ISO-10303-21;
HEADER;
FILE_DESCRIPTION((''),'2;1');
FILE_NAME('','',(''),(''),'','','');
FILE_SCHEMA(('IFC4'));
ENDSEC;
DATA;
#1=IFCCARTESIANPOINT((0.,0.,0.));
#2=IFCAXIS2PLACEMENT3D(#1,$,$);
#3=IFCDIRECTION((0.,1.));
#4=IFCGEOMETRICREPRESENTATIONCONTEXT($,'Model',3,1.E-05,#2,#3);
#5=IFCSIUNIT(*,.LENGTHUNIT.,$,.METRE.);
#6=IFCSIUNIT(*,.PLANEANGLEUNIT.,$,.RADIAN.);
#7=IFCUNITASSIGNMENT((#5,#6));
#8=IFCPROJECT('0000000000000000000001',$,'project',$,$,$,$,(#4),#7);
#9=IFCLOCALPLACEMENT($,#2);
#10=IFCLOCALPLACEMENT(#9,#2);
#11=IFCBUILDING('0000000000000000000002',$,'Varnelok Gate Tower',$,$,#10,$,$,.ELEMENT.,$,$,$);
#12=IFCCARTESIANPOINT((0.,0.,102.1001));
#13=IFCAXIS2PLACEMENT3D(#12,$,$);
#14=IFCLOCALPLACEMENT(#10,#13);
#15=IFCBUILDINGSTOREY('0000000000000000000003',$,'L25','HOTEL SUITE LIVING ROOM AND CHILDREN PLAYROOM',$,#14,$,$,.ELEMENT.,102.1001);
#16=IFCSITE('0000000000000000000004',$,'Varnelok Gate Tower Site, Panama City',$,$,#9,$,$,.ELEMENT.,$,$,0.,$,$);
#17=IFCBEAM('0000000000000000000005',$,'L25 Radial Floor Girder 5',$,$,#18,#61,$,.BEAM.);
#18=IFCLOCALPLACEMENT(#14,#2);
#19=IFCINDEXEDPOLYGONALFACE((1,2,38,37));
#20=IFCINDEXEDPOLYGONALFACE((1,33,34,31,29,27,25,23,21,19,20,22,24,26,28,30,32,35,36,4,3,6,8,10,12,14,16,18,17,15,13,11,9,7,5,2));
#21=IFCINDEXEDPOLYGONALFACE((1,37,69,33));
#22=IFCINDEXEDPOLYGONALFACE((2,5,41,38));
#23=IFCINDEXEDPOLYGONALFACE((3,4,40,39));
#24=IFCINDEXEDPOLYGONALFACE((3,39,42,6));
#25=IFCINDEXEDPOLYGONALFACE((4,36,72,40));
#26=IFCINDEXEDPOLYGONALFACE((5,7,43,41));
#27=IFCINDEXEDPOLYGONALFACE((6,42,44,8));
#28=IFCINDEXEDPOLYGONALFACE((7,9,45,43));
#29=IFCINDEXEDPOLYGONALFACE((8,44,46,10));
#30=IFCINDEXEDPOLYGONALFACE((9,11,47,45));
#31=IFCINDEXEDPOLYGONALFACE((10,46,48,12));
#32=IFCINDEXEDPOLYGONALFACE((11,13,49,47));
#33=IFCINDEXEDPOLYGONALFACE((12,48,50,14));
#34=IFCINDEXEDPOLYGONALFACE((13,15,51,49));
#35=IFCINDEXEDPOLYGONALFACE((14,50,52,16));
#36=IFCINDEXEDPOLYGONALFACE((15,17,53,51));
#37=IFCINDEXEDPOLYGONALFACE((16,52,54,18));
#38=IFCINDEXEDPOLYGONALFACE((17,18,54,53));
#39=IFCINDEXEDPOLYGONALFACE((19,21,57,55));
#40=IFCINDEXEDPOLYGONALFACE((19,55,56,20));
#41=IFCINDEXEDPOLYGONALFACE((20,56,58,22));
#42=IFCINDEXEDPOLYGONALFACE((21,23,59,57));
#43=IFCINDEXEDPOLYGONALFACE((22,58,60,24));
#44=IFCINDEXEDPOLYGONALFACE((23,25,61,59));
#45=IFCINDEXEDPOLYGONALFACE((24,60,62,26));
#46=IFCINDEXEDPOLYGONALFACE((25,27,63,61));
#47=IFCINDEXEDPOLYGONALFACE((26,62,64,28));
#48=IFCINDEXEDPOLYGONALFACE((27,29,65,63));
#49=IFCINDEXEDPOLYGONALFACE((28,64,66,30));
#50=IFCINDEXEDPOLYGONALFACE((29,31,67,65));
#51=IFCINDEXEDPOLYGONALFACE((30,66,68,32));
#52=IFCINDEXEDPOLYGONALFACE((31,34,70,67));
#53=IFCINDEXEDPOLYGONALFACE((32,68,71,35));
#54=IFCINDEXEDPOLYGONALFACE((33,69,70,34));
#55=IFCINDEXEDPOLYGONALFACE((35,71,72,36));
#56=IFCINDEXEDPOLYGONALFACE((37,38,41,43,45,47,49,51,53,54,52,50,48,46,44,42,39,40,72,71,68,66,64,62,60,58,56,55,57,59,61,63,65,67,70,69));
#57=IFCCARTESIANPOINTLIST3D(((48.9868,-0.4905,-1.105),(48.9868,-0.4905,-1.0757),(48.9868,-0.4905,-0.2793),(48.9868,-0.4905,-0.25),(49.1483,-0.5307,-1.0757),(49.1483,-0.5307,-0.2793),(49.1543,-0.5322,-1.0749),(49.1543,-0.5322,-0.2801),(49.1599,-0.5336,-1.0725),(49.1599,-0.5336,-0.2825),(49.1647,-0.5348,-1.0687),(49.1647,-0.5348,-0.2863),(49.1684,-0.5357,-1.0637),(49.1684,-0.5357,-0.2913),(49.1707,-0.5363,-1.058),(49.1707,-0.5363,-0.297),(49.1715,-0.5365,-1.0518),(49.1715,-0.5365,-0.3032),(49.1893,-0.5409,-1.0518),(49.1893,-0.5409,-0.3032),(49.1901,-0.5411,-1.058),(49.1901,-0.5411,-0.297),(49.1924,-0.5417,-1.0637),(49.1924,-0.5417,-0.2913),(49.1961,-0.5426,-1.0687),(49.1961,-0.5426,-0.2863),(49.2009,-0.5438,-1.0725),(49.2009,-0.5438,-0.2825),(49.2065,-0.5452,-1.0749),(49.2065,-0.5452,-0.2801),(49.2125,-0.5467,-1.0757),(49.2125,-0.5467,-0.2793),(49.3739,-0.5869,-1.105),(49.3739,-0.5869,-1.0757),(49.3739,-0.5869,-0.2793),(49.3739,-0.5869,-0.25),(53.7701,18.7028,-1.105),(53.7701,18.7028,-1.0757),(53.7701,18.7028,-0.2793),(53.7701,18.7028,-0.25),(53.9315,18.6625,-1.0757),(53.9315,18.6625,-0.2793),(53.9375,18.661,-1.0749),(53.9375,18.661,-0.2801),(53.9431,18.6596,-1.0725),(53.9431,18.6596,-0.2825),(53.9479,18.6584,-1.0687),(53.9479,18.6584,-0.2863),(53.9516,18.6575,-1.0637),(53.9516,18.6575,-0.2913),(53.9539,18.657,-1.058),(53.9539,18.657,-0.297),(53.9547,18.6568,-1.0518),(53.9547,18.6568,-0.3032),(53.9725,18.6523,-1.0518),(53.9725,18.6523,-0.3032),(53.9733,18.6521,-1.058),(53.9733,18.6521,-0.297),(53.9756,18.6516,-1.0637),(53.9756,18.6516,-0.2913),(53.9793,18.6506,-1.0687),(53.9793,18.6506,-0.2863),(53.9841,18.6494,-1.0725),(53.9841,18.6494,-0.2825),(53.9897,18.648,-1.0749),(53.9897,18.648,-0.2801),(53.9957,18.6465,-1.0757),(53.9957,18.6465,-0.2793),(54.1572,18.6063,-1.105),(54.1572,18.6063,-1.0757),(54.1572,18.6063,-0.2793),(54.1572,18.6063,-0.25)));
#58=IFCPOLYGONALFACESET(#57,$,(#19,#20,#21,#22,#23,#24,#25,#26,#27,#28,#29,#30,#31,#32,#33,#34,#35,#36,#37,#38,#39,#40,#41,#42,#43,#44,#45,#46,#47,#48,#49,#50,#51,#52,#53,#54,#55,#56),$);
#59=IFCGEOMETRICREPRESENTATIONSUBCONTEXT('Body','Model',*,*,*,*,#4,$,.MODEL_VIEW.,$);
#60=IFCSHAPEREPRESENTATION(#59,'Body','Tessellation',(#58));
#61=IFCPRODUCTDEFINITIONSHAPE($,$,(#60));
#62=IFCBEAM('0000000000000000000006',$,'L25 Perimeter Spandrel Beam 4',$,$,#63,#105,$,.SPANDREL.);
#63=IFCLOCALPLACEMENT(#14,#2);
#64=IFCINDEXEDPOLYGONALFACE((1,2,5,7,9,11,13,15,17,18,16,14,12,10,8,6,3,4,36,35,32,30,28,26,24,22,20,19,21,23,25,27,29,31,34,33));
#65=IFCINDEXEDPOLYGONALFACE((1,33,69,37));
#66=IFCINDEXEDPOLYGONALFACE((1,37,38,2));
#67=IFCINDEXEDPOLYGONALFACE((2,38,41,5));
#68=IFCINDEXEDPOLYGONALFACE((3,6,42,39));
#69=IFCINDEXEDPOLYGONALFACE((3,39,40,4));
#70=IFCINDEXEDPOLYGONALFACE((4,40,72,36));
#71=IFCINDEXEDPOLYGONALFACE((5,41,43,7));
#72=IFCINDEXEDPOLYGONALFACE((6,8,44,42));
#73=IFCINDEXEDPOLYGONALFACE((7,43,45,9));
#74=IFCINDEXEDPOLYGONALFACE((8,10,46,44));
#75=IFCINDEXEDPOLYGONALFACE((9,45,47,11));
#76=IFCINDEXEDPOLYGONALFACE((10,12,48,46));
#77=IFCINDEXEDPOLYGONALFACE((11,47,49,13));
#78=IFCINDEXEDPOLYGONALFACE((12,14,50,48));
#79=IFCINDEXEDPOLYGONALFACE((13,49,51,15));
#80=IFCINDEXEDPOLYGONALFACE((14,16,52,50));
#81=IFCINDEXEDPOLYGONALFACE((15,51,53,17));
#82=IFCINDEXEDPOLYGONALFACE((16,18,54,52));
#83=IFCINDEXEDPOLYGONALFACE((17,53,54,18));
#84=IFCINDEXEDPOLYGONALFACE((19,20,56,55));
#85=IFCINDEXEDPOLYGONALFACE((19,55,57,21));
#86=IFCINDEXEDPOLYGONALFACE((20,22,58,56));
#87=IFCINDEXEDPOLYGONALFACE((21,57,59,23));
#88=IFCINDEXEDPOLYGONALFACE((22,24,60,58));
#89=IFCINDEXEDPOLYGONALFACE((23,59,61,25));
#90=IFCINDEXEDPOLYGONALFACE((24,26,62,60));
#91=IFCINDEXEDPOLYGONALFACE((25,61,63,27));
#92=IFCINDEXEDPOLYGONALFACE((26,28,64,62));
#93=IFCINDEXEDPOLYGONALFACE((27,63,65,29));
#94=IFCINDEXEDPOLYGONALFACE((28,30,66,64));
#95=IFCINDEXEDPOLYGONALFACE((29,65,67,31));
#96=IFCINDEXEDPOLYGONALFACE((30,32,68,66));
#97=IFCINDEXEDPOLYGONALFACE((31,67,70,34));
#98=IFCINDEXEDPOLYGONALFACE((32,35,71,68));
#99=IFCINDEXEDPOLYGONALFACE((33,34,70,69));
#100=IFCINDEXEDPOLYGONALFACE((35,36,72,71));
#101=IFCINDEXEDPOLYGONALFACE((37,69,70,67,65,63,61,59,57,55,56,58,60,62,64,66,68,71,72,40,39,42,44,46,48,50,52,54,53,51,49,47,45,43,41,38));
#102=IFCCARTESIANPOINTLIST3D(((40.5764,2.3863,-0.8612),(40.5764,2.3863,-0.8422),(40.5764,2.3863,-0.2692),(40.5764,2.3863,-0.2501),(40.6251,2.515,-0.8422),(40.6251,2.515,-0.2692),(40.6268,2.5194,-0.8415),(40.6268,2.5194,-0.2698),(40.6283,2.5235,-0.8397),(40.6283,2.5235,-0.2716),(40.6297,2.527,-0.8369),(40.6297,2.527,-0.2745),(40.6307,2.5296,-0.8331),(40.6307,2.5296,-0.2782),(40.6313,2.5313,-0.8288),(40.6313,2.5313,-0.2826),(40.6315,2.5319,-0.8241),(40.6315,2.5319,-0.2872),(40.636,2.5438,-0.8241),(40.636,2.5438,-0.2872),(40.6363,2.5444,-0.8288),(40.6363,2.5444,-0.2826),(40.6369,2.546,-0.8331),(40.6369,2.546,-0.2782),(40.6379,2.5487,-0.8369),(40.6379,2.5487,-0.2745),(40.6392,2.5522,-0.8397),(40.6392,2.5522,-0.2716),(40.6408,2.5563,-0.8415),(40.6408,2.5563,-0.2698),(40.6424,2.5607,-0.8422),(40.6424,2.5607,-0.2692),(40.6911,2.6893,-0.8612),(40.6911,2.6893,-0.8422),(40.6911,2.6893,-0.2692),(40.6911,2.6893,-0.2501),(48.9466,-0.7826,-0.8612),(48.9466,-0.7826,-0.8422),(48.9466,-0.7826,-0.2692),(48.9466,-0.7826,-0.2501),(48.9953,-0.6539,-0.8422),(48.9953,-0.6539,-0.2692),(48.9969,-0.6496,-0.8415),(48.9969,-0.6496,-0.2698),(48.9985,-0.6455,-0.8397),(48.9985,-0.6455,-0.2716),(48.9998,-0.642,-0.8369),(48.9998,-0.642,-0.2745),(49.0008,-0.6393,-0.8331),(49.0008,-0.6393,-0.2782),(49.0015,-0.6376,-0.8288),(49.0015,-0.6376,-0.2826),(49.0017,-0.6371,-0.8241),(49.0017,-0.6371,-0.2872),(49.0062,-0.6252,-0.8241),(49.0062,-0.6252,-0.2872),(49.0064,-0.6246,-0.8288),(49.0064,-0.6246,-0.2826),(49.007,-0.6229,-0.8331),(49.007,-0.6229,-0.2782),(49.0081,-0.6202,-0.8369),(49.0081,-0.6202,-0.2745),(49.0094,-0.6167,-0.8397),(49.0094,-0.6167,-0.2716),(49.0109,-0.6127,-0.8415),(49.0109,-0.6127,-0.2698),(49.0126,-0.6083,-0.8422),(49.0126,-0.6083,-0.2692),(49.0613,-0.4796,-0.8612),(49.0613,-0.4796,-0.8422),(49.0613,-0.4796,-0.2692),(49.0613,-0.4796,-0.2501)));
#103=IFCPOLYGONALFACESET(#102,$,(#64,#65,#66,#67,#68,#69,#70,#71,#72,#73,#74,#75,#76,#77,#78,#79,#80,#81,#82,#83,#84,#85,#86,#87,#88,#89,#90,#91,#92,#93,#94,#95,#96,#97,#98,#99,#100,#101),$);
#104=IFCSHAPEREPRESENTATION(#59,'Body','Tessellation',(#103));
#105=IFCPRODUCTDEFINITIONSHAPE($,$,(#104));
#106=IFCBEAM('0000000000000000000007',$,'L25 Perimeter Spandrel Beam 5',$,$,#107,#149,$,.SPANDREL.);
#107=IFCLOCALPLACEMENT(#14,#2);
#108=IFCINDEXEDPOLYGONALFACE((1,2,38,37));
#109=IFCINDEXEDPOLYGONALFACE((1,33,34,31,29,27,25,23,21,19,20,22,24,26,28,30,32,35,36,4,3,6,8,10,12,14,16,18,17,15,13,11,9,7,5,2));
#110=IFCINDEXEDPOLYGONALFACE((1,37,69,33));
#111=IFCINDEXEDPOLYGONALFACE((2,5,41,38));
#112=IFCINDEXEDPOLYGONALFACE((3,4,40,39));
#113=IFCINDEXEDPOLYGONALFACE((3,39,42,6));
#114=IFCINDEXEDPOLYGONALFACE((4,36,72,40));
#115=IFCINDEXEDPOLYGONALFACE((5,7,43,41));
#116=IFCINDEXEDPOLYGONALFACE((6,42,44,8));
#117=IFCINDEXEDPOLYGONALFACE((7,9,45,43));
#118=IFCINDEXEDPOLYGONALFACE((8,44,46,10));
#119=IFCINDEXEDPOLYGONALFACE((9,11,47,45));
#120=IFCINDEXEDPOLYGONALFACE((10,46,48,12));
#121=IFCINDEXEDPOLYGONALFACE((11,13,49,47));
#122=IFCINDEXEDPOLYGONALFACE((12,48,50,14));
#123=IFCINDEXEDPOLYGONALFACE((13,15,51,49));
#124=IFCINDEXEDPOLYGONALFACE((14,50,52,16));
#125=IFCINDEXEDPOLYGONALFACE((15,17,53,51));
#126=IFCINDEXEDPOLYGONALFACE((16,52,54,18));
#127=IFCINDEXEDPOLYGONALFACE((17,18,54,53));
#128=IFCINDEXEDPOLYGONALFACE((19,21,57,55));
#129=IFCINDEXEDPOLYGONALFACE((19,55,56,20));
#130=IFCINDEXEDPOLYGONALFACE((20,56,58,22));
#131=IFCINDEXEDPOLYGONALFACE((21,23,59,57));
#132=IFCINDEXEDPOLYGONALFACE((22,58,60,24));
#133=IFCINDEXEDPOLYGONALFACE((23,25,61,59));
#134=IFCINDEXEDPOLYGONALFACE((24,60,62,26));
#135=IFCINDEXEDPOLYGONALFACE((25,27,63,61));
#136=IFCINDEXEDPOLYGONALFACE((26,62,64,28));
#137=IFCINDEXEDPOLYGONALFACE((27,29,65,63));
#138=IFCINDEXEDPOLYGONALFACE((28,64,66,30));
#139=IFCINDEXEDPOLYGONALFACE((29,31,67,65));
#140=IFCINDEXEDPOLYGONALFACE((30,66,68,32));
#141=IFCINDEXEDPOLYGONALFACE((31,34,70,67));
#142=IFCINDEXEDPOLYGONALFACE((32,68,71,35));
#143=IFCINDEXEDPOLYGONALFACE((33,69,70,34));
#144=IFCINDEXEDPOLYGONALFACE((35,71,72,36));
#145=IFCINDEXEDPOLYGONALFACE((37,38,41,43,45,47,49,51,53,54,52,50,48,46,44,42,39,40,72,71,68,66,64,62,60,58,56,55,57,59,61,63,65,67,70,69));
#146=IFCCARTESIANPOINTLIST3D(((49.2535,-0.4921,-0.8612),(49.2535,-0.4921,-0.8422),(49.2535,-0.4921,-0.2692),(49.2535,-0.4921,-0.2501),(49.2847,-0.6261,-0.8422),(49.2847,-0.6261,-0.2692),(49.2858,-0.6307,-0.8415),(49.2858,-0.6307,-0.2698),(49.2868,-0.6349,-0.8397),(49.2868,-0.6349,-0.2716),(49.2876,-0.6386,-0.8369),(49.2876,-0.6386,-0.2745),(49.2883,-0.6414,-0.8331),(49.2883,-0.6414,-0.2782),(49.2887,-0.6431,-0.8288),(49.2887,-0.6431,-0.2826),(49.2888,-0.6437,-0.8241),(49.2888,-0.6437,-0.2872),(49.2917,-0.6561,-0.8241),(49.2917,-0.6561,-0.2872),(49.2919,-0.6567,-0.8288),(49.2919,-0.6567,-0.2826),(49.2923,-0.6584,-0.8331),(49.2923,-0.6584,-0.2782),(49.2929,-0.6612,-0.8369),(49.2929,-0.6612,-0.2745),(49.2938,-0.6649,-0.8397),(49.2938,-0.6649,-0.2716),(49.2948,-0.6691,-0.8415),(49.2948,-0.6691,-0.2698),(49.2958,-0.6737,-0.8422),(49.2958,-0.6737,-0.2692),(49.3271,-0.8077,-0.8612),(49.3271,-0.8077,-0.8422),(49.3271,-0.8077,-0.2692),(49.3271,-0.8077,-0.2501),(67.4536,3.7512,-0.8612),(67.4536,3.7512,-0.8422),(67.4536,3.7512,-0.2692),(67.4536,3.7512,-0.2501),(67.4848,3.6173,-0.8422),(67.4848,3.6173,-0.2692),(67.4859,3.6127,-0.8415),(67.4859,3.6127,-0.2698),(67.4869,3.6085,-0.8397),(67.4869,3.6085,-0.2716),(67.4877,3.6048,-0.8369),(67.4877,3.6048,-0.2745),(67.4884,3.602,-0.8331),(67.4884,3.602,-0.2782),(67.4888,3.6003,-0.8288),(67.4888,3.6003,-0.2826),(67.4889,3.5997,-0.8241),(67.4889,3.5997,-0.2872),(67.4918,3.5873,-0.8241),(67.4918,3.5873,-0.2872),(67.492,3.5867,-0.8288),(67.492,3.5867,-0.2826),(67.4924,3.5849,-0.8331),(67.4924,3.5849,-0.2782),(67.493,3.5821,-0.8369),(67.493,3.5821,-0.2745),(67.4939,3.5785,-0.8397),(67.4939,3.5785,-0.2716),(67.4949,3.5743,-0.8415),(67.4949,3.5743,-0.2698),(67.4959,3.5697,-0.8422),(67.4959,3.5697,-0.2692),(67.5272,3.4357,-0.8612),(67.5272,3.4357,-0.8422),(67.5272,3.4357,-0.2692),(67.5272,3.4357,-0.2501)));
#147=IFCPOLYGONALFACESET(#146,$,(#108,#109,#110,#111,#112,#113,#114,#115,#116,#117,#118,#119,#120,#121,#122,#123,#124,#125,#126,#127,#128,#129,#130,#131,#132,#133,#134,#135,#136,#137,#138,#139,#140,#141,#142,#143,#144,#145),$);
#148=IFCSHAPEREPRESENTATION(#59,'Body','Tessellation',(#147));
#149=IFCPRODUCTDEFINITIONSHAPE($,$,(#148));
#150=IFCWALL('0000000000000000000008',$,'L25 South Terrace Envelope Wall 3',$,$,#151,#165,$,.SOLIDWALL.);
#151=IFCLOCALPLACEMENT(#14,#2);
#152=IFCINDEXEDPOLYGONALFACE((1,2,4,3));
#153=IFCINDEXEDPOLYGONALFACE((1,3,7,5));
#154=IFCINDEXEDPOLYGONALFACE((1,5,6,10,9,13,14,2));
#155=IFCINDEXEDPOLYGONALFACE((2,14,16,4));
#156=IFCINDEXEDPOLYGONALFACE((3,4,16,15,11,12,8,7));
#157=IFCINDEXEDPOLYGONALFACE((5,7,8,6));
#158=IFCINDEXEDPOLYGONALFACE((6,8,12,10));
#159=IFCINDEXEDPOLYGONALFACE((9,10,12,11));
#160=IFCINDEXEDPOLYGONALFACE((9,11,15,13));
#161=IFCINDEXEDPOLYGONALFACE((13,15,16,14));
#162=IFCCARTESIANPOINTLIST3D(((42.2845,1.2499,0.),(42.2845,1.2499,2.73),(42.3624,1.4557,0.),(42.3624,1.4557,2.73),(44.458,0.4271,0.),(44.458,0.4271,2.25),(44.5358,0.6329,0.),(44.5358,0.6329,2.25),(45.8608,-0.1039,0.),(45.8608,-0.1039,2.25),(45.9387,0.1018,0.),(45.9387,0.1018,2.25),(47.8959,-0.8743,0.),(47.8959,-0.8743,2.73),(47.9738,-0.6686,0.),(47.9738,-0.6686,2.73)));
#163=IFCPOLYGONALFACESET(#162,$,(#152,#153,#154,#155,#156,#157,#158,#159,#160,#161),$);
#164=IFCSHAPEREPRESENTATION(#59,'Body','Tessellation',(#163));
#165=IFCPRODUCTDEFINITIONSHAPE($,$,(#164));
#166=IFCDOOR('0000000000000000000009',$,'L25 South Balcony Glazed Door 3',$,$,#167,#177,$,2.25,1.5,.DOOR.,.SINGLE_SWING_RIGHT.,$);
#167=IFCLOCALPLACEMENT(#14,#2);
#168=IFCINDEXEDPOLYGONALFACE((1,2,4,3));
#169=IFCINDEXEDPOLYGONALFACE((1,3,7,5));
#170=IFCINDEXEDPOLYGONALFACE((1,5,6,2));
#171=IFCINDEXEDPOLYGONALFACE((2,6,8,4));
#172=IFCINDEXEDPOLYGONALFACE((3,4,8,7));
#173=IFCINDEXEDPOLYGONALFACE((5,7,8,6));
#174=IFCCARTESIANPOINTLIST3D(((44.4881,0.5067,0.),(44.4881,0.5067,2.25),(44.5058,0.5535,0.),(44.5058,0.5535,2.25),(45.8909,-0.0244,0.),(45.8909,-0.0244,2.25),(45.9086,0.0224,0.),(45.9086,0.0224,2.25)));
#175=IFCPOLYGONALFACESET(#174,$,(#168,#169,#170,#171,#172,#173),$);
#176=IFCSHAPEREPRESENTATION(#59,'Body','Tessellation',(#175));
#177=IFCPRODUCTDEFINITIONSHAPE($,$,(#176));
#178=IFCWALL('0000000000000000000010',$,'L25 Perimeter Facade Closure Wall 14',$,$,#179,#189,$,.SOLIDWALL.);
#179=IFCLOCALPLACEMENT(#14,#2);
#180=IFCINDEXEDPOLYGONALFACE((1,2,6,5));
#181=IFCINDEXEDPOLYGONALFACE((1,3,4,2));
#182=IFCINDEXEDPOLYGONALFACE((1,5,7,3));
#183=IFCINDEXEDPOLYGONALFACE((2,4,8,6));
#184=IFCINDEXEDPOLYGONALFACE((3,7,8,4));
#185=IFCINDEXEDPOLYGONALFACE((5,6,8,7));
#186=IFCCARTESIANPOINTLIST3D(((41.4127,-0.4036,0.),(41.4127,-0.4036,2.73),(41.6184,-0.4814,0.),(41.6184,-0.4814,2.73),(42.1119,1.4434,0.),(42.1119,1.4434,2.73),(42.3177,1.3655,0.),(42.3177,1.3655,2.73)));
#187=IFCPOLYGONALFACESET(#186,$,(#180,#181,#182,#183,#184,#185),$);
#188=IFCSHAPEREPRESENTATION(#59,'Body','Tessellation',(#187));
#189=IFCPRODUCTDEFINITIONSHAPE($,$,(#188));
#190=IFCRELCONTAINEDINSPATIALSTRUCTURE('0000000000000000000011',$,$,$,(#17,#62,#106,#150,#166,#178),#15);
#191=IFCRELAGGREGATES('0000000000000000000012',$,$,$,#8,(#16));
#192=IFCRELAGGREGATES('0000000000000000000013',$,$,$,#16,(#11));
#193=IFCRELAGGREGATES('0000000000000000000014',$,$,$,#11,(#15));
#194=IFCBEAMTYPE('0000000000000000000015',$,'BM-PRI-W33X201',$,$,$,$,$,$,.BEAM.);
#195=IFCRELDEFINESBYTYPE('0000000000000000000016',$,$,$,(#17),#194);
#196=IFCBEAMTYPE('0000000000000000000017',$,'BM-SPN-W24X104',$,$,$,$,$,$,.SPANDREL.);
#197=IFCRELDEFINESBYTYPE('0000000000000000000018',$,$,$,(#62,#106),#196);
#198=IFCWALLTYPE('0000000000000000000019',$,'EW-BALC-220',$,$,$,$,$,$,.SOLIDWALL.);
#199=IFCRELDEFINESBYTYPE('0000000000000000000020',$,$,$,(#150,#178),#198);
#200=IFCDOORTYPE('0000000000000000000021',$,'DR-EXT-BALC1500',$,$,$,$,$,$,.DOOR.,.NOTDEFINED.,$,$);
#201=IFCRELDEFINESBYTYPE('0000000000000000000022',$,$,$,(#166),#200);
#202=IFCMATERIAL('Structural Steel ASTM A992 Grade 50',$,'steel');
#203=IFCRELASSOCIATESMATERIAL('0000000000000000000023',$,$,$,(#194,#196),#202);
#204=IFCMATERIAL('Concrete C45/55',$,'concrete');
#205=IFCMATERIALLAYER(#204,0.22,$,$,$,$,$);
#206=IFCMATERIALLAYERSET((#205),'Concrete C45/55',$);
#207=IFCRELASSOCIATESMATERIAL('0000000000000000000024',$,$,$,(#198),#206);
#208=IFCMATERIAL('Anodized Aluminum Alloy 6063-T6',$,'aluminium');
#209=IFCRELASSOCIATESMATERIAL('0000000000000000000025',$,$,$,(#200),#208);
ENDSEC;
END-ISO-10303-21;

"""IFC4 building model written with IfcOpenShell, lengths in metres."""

from ifc_helpers import new_model, si_unit, direction, frame, frame_2d, origin, origin_2d, place, context, subcontext, project, spatial, rectangle, i_section, extrude, material, layer, layer_set, material_profile, profile_set, type_object, element, fill, save


model = new_model("IFC4")

# Units and contexts
model_context = context("Model", 3, precision=1e-05, world=origin(), true_north=direction((0.0, 1.0)))
body_context = subcontext(model_context, "Body", "Model", "MODEL_VIEW")
ifc_project = project(units=[si_unit("LENGTHUNIT", "METRE"), si_unit("PLANEANGLEUNIT", "RADIAN")], contexts=[model_context])

# Site, building, storey
site_placement = place(None, origin())
site = spatial("IfcSite", under=ifc_project, at=site_placement, Name="Varnelok Gate Tower Site, Panama City", CompositionType="ELEMENT", RefElevation=0.0)
building_placement = place(site_placement, origin())
building = spatial("IfcBuilding", under=site, at=building_placement, Name="Varnelok Gate Tower", CompositionType="ELEMENT")
storey_placement = place(building_placement, frame((0.0, 0.0, 102.1001)))
storey = spatial("IfcBuildingStorey", under=building, at=storey_placement, Name="L25", Description="HOTEL SUITE LIVING ROOM AND CHILDREN PLAYROOM", CompositionType="ELEMENT", Elevation=102.1001)

# Shared definitions
ifc_material_1 = material(Name="Structural Steel ASTM A992 Grade 50", Category="steel")

# Beams
ifc_material_profile_1 = material_profile(ifc_material_1, i_section(OverallWidth=0.3989, OverallDepth=0.855, WebThickness=0.0183, FlangeThickness=0.0293, FilletRadius=0.0239, at=origin_2d()), Name="W33X201")
ifc_profile_set_1 = profile_set([ifc_material_profile_1], Name="Structural Steel ASTM A992 Grade 50")
beam_type_1 = type_object("IfcBeamType", Name="BM-PRI-W33X201", PredefinedType="BEAM", material=ifc_profile_set_1)
beam_1_placement = place(storey_placement, frame((53.9636, 18.6545, -0.6775), z_axis=(-0.241818, -0.970322, 0.0), x_axis=(0.970322, -0.241818, 0.0)))
element("IfcBeam", 1, at=beam_1_placement, inside=storey, type_object=beam_type_1, Name="L25 Radial Floor Girder 5", PredefinedType="BEAM", context=body_context, shape_type="SweptSolid", body=[
    extrude(i_section(OverallWidth=0.3989, OverallDepth=0.855, WebThickness=0.0183, FlangeThickness=0.0293, FilletRadius=0.0239, at=origin_2d()), origin(), (0.0, 0.0, 1.0), 19.7803),
])
ifc_material_profile_2 = material_profile(ifc_material_1, i_section(OverallWidth=0.324, OverallDepth=0.6111, WebThickness=0.0127, FlangeThickness=0.019, FilletRadius=0.0181, at=origin_2d()), Name="W24X104")
ifc_profile_set_2 = profile_set([ifc_material_profile_2], Name="Structural Steel ASTM A992 Grade 50")
beam_type_2 = type_object("IfcBeamType", Name="BM-SPN-W24X104", PredefinedType="SPANDREL", material=ifc_profile_set_2)
beam_2_placement = place(storey_placement, frame((40.6338, 2.5378, -0.5557), z_axis=(0.935217, -0.354075, 0.0), x_axis=(0.354075, 0.935217, 0.0)))
element("IfcBeam", 2, at=beam_2_placement, inside=storey, type_object=beam_type_2, Name="L25 Perimeter Spandrel Beam 4", PredefinedType="SPANDREL", context=body_context, shape_type="SweptSolid", body=[
    extrude(i_section(OverallWidth=0.324, OverallDepth=0.6111, WebThickness=0.0127, FlangeThickness=0.019, FilletRadius=0.0181, at=origin_2d()), origin(), (0.0, 0.0, 1.0), 8.95),
])
beam_3_placement = place(storey_placement, frame((49.2903, -0.6499, -0.5557), z_axis=(0.97388, 0.227062, 0.0), x_axis=(-0.227062, 0.97388, 0.0)))
element("IfcBeam", 3, at=beam_3_placement, inside=storey, type_object=beam_type_2, Name="L25 Perimeter Spandrel Beam 5", PredefinedType="SPANDREL", context=body_context, shape_type="SweptSolid", body=[
    extrude(i_section(OverallWidth=0.324, OverallDepth=0.6111, WebThickness=0.0127, FlangeThickness=0.019, FilletRadius=0.0181, at=origin_2d()), origin(), (0.0, 0.0, 1.0), 18.6882),
])

# Wall, opening, door
ifc_material_2 = material(Name="Concrete C45/55", Category="concrete")
ifc_layer_1 = layer(ifc_material_2, 0.22)
ifc_layer_set_1 = layer_set([ifc_layer_1], Name="Concrete C45/55")
wall_type_1 = type_object("IfcWallType", Name="EW-BALC-220", PredefinedType="SOLIDWALL", material=ifc_layer_set_1)
wall_1_placement = place(storey_placement, frame((47.9348, -0.7715, 0.0), z_axis=(0.0, 0.0, 1.0), x_axis=(-0.935228, 0.354047, 0.0)))
wall_1 = element("IfcWall", 4, at=wall_1_placement, inside=storey, type_object=wall_type_1, Name="L25 South Terrace Envelope Wall 3", PredefinedType="SOLIDWALL", context=body_context, shape_type="SweptSolid", body=[
    extrude(rectangle(XDim=6.0, YDim=0.22, at=frame_2d((3.0, 0.0))), origin(), (0.0, 0.0, 1.0), 2.73),
])
opening_1_placement = place(wall_1_placement, frame((2.176, 0.0, 0.0)))
opening_1 = element("IfcOpeningElement", 5, at=opening_1_placement, cuts=wall_1, PredefinedType="OPENING", context=body_context, shape_type="SweptSolid", body=[
    extrude(rectangle(XDim=1.5, YDim=2.25, at=frame_2d((0.75, 1.125))), frame((0.0, 0.1199, 0.0), z_axis=(0.0, -1.0, 0.0), x_axis=(1.0, 0.0, 0.0)), (0.0, 0.0, 1.0), 0.24),
])
ifc_material_3 = material(Name="Anodized Aluminum Alloy 6063-T6", Category="aluminium")
door_type_1 = type_object("IfcDoorType", Name="DR-EXT-BALC1500", OperationType="NOTDEFINED", PredefinedType="DOOR", material=ifc_material_3)
door_1_placement = place(opening_1_placement, origin())
door_1 = element("IfcDoor", 6, at=door_1_placement, inside=storey, type_object=door_type_1, Name="L25 South Balcony Glazed Door 3", OperationType="SINGLE_SWING_RIGHT", OverallHeight=2.25, OverallWidth=1.5, PredefinedType="DOOR", context=body_context, shape_type="SweptSolid", body=[
    extrude(rectangle(XDim=1.5, YDim=2.25, at=frame_2d((0.75, 1.125))), frame((0.0, 0.0249, 0.0), z_axis=(0.0, -1.0, 0.0), x_axis=(1.0, 0.0, 0.0)), (0.0, 0.0, 1.0), 0.05),
])
fill(opening_1, door_1)

# Wall
wall_2_placement = place(storey_placement, frame((41.5156, -0.4424, 0.0), z_axis=(0.0, 0.0, 1.0), x_axis=(0.354062, 0.935222, 0.0)))
element("IfcWall", 7, at=wall_2_placement, inside=storey, type_object=wall_type_1, Name="L25 Perimeter Facade Closure Wall 14", PredefinedType="SOLIDWALL", context=body_context, shape_type="SweptSolid", body=[
    extrude(rectangle(XDim=1.9749, YDim=0.22, at=frame_2d((0.9873, 0.0))), origin(), (0.0, 0.0, 1.0), 2.73),
])

save(model, "model.ifc")
